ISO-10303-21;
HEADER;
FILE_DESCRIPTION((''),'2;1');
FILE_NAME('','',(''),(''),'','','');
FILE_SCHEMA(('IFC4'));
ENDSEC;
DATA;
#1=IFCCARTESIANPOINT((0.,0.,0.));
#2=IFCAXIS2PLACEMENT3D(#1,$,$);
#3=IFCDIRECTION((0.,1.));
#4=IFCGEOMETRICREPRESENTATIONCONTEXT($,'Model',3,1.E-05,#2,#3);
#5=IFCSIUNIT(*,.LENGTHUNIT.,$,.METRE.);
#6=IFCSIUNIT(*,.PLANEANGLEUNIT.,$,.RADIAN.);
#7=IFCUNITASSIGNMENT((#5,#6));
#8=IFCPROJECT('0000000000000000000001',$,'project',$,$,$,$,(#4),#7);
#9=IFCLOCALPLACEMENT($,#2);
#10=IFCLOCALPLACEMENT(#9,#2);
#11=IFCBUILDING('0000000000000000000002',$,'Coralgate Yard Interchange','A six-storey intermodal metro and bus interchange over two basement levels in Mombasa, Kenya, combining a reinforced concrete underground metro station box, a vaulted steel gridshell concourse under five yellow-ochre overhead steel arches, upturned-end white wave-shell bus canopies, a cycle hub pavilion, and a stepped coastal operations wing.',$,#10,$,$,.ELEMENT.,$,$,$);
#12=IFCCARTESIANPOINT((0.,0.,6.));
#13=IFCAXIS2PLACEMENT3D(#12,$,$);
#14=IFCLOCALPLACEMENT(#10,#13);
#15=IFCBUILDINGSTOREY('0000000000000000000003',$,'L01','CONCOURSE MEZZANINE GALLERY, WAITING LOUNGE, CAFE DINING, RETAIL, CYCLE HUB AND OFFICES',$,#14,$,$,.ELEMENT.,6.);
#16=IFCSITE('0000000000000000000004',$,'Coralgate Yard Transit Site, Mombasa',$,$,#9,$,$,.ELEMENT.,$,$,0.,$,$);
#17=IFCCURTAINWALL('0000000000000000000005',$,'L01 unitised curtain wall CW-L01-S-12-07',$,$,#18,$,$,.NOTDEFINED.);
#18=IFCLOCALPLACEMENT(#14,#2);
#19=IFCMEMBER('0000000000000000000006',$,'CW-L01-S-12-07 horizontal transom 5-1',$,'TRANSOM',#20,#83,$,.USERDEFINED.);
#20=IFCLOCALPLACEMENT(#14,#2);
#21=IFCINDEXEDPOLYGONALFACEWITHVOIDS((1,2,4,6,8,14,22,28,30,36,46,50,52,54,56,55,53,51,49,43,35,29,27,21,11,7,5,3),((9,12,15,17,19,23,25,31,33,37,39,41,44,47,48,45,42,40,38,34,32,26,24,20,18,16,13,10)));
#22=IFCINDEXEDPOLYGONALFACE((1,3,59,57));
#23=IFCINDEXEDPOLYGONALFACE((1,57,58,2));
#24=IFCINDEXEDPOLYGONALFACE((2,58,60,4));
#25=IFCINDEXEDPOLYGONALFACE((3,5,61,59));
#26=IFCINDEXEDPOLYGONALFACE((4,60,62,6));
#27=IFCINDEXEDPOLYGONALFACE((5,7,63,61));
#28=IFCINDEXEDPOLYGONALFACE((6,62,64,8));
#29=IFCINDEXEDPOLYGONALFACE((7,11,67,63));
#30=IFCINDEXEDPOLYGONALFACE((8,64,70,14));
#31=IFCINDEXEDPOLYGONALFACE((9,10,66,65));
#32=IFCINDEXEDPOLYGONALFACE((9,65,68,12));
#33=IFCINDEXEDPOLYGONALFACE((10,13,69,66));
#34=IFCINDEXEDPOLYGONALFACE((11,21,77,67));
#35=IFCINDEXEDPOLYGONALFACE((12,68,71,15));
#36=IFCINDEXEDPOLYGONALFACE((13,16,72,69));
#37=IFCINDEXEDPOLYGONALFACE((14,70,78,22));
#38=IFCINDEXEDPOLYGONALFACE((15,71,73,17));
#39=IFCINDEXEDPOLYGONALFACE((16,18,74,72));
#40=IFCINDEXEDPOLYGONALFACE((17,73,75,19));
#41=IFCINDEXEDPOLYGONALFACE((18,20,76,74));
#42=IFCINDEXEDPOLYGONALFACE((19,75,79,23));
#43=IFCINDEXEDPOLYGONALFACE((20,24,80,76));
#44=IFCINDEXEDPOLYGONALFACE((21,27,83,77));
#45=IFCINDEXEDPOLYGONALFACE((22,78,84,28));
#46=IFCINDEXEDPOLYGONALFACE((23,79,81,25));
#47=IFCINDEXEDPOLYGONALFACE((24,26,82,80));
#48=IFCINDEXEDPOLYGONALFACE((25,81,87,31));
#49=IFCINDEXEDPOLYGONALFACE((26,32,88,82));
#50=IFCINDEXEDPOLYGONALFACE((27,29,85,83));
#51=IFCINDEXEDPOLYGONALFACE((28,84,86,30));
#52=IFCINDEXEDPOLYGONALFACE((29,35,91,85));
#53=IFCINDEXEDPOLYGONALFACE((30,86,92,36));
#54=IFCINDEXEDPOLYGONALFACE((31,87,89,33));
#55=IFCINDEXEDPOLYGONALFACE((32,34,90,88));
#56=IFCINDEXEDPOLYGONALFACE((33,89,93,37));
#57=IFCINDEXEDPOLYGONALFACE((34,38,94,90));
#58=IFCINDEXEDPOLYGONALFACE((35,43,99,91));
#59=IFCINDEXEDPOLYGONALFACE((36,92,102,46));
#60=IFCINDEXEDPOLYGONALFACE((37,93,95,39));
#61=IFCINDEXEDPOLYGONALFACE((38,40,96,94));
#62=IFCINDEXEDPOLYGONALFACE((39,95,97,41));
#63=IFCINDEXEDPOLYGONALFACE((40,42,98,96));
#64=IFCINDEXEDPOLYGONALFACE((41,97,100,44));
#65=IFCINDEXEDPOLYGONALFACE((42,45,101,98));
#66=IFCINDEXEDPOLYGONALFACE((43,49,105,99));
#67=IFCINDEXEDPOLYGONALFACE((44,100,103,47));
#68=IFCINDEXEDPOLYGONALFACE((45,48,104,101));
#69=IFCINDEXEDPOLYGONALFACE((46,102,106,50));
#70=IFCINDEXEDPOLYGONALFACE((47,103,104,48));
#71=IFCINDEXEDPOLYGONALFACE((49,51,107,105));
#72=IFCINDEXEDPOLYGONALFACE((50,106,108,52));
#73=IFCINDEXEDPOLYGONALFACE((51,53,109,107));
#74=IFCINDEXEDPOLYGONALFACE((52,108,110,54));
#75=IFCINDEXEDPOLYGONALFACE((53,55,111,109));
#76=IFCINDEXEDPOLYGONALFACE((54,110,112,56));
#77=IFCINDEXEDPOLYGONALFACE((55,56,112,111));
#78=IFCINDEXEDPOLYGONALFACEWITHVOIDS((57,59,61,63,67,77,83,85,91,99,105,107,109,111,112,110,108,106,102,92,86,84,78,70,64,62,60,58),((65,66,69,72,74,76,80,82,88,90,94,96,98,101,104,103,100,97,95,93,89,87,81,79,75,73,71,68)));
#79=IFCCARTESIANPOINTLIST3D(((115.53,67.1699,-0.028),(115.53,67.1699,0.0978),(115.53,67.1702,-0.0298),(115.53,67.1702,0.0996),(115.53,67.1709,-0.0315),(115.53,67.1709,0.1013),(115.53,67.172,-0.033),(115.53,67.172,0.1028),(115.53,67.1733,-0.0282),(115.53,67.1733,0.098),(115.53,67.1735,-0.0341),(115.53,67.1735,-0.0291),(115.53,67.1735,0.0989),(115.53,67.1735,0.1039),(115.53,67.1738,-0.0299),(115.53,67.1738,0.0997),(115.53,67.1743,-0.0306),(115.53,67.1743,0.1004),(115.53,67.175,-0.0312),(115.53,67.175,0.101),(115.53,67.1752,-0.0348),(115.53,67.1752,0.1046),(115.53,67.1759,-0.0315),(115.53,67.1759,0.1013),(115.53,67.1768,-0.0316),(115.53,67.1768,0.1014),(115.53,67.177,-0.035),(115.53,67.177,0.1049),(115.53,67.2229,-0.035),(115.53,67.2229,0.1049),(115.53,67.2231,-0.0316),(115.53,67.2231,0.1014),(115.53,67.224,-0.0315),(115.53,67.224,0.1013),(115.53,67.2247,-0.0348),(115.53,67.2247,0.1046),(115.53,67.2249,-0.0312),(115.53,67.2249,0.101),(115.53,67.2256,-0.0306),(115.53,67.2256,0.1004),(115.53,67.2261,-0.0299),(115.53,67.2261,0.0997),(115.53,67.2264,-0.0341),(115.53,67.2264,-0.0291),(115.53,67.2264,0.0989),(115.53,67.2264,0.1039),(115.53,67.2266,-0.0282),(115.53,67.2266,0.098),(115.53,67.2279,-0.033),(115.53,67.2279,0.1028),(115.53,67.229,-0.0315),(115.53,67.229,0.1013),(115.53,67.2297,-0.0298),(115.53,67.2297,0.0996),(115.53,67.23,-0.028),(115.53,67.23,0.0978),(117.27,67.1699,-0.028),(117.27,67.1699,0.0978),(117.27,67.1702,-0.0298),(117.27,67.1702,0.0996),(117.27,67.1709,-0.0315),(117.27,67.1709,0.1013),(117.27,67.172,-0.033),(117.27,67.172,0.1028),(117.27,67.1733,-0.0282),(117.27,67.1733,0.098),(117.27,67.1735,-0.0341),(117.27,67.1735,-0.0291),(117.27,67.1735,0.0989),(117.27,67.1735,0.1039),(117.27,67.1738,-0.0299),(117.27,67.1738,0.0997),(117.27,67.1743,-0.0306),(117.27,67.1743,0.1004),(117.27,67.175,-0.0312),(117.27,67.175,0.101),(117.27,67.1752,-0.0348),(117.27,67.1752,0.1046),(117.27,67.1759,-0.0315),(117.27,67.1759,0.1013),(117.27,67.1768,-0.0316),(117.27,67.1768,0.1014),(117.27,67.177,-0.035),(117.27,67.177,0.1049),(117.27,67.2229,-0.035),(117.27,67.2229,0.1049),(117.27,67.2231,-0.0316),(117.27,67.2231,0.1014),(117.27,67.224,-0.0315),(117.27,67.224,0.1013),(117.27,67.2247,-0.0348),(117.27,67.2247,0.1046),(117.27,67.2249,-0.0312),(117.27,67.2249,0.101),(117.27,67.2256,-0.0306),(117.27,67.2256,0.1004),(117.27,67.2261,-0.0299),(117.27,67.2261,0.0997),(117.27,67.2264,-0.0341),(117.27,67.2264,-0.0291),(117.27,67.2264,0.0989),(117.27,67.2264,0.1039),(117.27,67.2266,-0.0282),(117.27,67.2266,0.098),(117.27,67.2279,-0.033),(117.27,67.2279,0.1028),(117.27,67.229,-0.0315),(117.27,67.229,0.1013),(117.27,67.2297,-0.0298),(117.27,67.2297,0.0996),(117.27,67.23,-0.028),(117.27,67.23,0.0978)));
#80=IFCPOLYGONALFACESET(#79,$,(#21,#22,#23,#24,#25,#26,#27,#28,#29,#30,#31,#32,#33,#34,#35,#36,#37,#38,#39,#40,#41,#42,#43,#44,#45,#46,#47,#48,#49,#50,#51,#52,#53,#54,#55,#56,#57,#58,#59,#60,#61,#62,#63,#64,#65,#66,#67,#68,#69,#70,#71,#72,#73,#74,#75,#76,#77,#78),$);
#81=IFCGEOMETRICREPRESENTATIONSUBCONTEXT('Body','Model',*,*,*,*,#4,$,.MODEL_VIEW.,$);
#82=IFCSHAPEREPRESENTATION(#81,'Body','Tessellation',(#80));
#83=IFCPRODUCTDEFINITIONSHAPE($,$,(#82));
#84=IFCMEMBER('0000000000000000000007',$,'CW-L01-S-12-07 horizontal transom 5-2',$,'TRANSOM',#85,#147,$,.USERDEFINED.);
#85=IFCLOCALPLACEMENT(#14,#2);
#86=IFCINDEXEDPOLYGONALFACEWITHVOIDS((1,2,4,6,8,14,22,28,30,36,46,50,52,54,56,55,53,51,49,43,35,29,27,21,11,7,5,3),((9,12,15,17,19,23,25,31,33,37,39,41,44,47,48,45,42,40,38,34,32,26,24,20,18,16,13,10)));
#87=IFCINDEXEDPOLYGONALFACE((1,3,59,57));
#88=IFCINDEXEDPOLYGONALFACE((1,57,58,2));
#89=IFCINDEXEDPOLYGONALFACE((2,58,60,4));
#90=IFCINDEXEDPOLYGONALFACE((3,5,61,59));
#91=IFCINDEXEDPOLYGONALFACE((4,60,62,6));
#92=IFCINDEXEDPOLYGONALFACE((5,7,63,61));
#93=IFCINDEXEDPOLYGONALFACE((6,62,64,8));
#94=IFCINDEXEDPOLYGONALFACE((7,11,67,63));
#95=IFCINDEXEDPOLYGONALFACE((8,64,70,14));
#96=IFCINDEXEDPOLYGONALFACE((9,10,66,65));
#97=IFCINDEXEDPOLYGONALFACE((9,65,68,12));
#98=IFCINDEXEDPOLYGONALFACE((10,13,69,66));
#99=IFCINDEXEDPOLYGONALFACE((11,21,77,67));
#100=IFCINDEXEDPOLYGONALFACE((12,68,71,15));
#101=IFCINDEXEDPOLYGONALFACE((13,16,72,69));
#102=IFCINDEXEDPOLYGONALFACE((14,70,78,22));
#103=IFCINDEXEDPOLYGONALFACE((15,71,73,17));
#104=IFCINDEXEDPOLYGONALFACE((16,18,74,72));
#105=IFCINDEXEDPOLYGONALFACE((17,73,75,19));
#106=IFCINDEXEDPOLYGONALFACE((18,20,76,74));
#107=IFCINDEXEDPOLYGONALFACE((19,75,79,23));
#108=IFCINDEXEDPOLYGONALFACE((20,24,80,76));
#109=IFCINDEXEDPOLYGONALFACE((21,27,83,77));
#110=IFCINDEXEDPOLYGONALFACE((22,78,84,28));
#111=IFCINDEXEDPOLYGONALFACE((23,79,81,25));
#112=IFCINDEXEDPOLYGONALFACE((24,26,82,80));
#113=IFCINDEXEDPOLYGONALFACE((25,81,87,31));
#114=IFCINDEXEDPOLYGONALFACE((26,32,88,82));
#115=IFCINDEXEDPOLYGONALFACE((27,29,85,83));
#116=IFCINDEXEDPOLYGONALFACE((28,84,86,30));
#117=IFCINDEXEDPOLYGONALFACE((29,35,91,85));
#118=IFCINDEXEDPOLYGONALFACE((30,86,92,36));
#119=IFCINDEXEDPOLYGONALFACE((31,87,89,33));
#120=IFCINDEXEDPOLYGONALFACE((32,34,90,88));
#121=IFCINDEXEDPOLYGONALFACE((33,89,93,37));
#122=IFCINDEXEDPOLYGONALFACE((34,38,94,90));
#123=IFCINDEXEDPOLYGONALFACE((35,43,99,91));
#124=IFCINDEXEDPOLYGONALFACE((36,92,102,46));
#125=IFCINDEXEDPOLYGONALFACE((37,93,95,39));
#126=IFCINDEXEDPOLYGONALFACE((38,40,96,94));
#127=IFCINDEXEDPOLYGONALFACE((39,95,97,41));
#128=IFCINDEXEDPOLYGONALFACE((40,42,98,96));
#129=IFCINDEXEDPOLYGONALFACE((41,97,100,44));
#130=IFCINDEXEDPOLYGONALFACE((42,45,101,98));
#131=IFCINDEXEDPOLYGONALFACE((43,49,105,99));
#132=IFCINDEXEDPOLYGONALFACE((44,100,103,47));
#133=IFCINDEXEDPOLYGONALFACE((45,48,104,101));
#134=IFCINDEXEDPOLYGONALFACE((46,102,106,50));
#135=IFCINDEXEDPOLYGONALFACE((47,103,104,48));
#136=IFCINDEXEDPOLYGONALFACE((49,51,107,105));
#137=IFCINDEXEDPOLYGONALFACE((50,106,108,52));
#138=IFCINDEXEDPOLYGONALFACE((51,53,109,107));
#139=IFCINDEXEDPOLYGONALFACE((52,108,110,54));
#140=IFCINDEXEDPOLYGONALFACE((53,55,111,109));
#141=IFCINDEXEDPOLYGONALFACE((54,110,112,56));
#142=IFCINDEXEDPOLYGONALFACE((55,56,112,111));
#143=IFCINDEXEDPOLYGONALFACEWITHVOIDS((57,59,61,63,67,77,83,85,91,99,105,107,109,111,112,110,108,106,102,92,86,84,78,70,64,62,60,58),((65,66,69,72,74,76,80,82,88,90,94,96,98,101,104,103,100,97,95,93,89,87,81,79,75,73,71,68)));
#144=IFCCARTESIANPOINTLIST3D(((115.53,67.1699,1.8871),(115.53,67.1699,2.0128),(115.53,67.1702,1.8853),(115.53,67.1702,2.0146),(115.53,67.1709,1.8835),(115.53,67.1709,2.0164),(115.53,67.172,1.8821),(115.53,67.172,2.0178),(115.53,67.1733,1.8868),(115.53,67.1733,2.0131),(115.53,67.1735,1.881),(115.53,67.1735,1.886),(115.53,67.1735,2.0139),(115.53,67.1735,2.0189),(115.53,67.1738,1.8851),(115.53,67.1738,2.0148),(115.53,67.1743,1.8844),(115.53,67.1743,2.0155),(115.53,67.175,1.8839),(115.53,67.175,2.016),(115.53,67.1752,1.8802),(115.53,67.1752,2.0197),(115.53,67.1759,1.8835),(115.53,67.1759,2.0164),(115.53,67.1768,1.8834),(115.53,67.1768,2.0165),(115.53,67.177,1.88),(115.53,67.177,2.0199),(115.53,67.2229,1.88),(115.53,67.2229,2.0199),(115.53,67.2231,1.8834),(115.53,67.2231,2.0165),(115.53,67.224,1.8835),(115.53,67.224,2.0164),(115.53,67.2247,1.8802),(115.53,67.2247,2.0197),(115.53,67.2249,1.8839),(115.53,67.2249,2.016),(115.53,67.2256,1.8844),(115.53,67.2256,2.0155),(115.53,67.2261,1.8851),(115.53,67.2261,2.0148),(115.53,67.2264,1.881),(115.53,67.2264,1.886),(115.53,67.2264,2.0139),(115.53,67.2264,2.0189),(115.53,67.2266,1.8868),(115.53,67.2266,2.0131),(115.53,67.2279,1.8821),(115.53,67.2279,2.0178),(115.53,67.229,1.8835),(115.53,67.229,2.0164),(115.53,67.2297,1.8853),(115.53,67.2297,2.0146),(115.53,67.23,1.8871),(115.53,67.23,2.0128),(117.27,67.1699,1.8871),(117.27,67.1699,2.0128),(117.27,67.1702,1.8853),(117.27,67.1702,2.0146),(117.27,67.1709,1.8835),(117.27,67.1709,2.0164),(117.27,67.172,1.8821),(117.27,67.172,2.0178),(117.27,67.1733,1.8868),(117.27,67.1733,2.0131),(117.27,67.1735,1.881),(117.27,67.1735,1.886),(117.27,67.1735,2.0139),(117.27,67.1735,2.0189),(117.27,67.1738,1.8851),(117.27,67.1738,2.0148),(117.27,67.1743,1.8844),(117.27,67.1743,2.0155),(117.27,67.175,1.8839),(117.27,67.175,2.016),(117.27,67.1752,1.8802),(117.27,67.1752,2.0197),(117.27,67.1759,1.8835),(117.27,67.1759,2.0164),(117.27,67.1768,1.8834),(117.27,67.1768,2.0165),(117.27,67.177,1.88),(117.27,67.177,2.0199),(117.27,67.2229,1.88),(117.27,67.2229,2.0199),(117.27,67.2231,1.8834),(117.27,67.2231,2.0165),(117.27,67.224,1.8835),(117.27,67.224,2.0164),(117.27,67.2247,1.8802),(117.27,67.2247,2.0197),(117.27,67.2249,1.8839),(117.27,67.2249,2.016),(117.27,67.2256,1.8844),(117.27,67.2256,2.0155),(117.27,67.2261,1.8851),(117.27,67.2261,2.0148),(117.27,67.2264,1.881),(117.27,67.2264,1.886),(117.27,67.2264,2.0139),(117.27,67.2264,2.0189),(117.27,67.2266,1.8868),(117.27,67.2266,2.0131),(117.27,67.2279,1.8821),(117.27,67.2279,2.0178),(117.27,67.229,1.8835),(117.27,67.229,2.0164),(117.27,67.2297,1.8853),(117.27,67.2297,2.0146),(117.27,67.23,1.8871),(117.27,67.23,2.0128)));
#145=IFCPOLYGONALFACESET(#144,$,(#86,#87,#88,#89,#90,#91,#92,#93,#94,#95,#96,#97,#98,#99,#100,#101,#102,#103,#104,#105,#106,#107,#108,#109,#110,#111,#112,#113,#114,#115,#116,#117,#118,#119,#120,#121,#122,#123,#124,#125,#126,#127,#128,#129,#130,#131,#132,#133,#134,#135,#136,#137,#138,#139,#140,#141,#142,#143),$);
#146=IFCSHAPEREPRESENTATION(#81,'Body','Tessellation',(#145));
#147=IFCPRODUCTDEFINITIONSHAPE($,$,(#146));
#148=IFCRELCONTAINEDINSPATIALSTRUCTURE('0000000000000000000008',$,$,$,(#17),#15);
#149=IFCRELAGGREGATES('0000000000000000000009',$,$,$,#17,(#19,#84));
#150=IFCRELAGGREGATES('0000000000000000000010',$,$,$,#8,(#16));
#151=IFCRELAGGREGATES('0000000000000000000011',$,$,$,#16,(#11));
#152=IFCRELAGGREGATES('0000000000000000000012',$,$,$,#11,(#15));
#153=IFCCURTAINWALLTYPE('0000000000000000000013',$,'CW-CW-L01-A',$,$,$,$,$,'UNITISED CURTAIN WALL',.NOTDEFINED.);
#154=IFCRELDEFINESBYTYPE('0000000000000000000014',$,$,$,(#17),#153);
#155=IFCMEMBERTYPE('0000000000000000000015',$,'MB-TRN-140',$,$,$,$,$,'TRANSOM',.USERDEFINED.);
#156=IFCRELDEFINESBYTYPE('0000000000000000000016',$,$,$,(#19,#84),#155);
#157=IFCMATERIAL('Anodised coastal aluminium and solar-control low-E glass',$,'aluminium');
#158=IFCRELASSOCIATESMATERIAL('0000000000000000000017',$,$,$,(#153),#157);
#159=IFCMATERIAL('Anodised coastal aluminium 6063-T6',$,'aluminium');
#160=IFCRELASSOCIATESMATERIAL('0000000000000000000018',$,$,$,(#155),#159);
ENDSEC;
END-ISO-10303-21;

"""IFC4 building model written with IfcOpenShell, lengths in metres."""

from ifc_helpers import new_model, si_unit, direction, frame, origin, origin_2d, place, context, subcontext, project, spatial, hollow_rectangle, extrude, material, material_profile, profile_set, type_object, element, aggregate, save


model = new_model("IFC4")

# Units and contexts
model_context = context("Model", 3, precision=1e-05, world=origin(), true_north=direction((0.0, 1.0)))
body_context = subcontext(model_context, "Body", "Model", "MODEL_VIEW")
ifc_project = project(units=[si_unit("LENGTHUNIT", "METRE"), si_unit("PLANEANGLEUNIT", "RADIAN")], contexts=[model_context])

# Site, building, storey
site_placement = place(None, origin())
site = spatial("IfcSite", under=ifc_project, at=site_placement, Name="Coralgate Yard Transit Site, Mombasa", CompositionType="ELEMENT", RefElevation=0.0)
building_placement = place(site_placement, origin())
building = spatial("IfcBuilding", under=site, at=building_placement, Name="Coralgate Yard Interchange", Description="A six-storey intermodal metro and bus interchange over two basement levels in Mombasa, Kenya, combining a reinforced concrete underground metro station box, a vaulted steel gridshell concourse under five yellow-ochre overhead steel arches, upturned-end white wave-shell bus canopies, a cycle hub pavilion, and a stepped coastal operations wing.", CompositionType="ELEMENT")
storey_placement = place(building_placement, frame((0.0, 0.0, 6.0)))
storey = spatial("IfcBuildingStorey", under=building, at=storey_placement, Name="L01", Description="CONCOURSE MEZZANINE GALLERY, WAITING LOUNGE, CAFE DINING, RETAIL, CYCLE HUB AND OFFICES", CompositionType="ELEMENT", Elevation=6.0)

# Curtain wall
ifc_material_1 = material(Name="Anodised coastal aluminium and solar-control low-E glass", Category="aluminium")
curtain_wall_type = type_object("IfcCurtainWallType", Name="CW-CW-L01-A", ElementType="UNITISED CURTAIN WALL", PredefinedType="NOTDEFINED", material=ifc_material_1)
curtain_wall_1_placement = place(storey_placement, origin())
curtain_wall_1 = element("IfcCurtainWall", 1, at=curtain_wall_1_placement, inside=storey, type_object=curtain_wall_type, Name="L01 unitised curtain wall CW-L01-S-12-07", PredefinedType="NOTDEFINED")
ifc_material_2 = material(Name="Anodised coastal aluminium 6063-T6", Category="aluminium")

# Members
ifc_material_profile_1 = material_profile(ifc_material_2, hollow_rectangle(XDim=0.0601, YDim=0.1399, WallThickness=0.0034, InnerFilletRadius=0.0034, OuterFilletRadius=0.0071, at=origin_2d()), Name="ALU 60x140x3.5")
ifc_profile_set_1 = profile_set([ifc_material_profile_1], Name="Anodised coastal aluminium 6063-T6")
member_type_1 = type_object("IfcMemberType", Name="MB-TRN-140", ElementType="TRANSOM", PredefinedType="USERDEFINED", material=ifc_profile_set_1)
member_1_placement = place(storey_placement, frame((117.27, 67.2, 0.0349), z_axis=(-1.0, 0.0, 0.0), x_axis=(0.0, -1.0, 0.0)))
member_1 = element("IfcMember", 2, at=member_1_placement, type_object=member_type_1, Name="CW-L01-S-12-07 horizontal transom 5-1", ObjectType="TRANSOM", PredefinedType="USERDEFINED", context=body_context, shape_type="SweptSolid", body=[
    extrude(hollow_rectangle(XDim=0.0601, YDim=0.1399, WallThickness=0.0034, InnerFilletRadius=0.0034, OuterFilletRadius=0.0071, at=origin_2d()), origin(), (0.0, 0.0, 1.0), 1.74),
])
member_2_placement = place(storey_placement, frame((117.27, 67.2, 1.95), z_axis=(-1.0, 0.0, 0.0), x_axis=(0.0, -1.0, 0.0)))
member_2 = element("IfcMember", 3, at=member_2_placement, type_object=member_type_1, Name="CW-L01-S-12-07 horizontal transom 5-2", ObjectType="TRANSOM", PredefinedType="USERDEFINED", context=body_context, shape_type="SweptSolid", body=[
    extrude(hollow_rectangle(XDim=0.0601, YDim=0.1399, WallThickness=0.0034, InnerFilletRadius=0.0034, OuterFilletRadius=0.0071, at=origin_2d()), origin(), (0.0, 0.0, 1.0), 1.74),
])

aggregate(curtain_wall_1, [member_1, member_2])

save(model, "model.ifc")
